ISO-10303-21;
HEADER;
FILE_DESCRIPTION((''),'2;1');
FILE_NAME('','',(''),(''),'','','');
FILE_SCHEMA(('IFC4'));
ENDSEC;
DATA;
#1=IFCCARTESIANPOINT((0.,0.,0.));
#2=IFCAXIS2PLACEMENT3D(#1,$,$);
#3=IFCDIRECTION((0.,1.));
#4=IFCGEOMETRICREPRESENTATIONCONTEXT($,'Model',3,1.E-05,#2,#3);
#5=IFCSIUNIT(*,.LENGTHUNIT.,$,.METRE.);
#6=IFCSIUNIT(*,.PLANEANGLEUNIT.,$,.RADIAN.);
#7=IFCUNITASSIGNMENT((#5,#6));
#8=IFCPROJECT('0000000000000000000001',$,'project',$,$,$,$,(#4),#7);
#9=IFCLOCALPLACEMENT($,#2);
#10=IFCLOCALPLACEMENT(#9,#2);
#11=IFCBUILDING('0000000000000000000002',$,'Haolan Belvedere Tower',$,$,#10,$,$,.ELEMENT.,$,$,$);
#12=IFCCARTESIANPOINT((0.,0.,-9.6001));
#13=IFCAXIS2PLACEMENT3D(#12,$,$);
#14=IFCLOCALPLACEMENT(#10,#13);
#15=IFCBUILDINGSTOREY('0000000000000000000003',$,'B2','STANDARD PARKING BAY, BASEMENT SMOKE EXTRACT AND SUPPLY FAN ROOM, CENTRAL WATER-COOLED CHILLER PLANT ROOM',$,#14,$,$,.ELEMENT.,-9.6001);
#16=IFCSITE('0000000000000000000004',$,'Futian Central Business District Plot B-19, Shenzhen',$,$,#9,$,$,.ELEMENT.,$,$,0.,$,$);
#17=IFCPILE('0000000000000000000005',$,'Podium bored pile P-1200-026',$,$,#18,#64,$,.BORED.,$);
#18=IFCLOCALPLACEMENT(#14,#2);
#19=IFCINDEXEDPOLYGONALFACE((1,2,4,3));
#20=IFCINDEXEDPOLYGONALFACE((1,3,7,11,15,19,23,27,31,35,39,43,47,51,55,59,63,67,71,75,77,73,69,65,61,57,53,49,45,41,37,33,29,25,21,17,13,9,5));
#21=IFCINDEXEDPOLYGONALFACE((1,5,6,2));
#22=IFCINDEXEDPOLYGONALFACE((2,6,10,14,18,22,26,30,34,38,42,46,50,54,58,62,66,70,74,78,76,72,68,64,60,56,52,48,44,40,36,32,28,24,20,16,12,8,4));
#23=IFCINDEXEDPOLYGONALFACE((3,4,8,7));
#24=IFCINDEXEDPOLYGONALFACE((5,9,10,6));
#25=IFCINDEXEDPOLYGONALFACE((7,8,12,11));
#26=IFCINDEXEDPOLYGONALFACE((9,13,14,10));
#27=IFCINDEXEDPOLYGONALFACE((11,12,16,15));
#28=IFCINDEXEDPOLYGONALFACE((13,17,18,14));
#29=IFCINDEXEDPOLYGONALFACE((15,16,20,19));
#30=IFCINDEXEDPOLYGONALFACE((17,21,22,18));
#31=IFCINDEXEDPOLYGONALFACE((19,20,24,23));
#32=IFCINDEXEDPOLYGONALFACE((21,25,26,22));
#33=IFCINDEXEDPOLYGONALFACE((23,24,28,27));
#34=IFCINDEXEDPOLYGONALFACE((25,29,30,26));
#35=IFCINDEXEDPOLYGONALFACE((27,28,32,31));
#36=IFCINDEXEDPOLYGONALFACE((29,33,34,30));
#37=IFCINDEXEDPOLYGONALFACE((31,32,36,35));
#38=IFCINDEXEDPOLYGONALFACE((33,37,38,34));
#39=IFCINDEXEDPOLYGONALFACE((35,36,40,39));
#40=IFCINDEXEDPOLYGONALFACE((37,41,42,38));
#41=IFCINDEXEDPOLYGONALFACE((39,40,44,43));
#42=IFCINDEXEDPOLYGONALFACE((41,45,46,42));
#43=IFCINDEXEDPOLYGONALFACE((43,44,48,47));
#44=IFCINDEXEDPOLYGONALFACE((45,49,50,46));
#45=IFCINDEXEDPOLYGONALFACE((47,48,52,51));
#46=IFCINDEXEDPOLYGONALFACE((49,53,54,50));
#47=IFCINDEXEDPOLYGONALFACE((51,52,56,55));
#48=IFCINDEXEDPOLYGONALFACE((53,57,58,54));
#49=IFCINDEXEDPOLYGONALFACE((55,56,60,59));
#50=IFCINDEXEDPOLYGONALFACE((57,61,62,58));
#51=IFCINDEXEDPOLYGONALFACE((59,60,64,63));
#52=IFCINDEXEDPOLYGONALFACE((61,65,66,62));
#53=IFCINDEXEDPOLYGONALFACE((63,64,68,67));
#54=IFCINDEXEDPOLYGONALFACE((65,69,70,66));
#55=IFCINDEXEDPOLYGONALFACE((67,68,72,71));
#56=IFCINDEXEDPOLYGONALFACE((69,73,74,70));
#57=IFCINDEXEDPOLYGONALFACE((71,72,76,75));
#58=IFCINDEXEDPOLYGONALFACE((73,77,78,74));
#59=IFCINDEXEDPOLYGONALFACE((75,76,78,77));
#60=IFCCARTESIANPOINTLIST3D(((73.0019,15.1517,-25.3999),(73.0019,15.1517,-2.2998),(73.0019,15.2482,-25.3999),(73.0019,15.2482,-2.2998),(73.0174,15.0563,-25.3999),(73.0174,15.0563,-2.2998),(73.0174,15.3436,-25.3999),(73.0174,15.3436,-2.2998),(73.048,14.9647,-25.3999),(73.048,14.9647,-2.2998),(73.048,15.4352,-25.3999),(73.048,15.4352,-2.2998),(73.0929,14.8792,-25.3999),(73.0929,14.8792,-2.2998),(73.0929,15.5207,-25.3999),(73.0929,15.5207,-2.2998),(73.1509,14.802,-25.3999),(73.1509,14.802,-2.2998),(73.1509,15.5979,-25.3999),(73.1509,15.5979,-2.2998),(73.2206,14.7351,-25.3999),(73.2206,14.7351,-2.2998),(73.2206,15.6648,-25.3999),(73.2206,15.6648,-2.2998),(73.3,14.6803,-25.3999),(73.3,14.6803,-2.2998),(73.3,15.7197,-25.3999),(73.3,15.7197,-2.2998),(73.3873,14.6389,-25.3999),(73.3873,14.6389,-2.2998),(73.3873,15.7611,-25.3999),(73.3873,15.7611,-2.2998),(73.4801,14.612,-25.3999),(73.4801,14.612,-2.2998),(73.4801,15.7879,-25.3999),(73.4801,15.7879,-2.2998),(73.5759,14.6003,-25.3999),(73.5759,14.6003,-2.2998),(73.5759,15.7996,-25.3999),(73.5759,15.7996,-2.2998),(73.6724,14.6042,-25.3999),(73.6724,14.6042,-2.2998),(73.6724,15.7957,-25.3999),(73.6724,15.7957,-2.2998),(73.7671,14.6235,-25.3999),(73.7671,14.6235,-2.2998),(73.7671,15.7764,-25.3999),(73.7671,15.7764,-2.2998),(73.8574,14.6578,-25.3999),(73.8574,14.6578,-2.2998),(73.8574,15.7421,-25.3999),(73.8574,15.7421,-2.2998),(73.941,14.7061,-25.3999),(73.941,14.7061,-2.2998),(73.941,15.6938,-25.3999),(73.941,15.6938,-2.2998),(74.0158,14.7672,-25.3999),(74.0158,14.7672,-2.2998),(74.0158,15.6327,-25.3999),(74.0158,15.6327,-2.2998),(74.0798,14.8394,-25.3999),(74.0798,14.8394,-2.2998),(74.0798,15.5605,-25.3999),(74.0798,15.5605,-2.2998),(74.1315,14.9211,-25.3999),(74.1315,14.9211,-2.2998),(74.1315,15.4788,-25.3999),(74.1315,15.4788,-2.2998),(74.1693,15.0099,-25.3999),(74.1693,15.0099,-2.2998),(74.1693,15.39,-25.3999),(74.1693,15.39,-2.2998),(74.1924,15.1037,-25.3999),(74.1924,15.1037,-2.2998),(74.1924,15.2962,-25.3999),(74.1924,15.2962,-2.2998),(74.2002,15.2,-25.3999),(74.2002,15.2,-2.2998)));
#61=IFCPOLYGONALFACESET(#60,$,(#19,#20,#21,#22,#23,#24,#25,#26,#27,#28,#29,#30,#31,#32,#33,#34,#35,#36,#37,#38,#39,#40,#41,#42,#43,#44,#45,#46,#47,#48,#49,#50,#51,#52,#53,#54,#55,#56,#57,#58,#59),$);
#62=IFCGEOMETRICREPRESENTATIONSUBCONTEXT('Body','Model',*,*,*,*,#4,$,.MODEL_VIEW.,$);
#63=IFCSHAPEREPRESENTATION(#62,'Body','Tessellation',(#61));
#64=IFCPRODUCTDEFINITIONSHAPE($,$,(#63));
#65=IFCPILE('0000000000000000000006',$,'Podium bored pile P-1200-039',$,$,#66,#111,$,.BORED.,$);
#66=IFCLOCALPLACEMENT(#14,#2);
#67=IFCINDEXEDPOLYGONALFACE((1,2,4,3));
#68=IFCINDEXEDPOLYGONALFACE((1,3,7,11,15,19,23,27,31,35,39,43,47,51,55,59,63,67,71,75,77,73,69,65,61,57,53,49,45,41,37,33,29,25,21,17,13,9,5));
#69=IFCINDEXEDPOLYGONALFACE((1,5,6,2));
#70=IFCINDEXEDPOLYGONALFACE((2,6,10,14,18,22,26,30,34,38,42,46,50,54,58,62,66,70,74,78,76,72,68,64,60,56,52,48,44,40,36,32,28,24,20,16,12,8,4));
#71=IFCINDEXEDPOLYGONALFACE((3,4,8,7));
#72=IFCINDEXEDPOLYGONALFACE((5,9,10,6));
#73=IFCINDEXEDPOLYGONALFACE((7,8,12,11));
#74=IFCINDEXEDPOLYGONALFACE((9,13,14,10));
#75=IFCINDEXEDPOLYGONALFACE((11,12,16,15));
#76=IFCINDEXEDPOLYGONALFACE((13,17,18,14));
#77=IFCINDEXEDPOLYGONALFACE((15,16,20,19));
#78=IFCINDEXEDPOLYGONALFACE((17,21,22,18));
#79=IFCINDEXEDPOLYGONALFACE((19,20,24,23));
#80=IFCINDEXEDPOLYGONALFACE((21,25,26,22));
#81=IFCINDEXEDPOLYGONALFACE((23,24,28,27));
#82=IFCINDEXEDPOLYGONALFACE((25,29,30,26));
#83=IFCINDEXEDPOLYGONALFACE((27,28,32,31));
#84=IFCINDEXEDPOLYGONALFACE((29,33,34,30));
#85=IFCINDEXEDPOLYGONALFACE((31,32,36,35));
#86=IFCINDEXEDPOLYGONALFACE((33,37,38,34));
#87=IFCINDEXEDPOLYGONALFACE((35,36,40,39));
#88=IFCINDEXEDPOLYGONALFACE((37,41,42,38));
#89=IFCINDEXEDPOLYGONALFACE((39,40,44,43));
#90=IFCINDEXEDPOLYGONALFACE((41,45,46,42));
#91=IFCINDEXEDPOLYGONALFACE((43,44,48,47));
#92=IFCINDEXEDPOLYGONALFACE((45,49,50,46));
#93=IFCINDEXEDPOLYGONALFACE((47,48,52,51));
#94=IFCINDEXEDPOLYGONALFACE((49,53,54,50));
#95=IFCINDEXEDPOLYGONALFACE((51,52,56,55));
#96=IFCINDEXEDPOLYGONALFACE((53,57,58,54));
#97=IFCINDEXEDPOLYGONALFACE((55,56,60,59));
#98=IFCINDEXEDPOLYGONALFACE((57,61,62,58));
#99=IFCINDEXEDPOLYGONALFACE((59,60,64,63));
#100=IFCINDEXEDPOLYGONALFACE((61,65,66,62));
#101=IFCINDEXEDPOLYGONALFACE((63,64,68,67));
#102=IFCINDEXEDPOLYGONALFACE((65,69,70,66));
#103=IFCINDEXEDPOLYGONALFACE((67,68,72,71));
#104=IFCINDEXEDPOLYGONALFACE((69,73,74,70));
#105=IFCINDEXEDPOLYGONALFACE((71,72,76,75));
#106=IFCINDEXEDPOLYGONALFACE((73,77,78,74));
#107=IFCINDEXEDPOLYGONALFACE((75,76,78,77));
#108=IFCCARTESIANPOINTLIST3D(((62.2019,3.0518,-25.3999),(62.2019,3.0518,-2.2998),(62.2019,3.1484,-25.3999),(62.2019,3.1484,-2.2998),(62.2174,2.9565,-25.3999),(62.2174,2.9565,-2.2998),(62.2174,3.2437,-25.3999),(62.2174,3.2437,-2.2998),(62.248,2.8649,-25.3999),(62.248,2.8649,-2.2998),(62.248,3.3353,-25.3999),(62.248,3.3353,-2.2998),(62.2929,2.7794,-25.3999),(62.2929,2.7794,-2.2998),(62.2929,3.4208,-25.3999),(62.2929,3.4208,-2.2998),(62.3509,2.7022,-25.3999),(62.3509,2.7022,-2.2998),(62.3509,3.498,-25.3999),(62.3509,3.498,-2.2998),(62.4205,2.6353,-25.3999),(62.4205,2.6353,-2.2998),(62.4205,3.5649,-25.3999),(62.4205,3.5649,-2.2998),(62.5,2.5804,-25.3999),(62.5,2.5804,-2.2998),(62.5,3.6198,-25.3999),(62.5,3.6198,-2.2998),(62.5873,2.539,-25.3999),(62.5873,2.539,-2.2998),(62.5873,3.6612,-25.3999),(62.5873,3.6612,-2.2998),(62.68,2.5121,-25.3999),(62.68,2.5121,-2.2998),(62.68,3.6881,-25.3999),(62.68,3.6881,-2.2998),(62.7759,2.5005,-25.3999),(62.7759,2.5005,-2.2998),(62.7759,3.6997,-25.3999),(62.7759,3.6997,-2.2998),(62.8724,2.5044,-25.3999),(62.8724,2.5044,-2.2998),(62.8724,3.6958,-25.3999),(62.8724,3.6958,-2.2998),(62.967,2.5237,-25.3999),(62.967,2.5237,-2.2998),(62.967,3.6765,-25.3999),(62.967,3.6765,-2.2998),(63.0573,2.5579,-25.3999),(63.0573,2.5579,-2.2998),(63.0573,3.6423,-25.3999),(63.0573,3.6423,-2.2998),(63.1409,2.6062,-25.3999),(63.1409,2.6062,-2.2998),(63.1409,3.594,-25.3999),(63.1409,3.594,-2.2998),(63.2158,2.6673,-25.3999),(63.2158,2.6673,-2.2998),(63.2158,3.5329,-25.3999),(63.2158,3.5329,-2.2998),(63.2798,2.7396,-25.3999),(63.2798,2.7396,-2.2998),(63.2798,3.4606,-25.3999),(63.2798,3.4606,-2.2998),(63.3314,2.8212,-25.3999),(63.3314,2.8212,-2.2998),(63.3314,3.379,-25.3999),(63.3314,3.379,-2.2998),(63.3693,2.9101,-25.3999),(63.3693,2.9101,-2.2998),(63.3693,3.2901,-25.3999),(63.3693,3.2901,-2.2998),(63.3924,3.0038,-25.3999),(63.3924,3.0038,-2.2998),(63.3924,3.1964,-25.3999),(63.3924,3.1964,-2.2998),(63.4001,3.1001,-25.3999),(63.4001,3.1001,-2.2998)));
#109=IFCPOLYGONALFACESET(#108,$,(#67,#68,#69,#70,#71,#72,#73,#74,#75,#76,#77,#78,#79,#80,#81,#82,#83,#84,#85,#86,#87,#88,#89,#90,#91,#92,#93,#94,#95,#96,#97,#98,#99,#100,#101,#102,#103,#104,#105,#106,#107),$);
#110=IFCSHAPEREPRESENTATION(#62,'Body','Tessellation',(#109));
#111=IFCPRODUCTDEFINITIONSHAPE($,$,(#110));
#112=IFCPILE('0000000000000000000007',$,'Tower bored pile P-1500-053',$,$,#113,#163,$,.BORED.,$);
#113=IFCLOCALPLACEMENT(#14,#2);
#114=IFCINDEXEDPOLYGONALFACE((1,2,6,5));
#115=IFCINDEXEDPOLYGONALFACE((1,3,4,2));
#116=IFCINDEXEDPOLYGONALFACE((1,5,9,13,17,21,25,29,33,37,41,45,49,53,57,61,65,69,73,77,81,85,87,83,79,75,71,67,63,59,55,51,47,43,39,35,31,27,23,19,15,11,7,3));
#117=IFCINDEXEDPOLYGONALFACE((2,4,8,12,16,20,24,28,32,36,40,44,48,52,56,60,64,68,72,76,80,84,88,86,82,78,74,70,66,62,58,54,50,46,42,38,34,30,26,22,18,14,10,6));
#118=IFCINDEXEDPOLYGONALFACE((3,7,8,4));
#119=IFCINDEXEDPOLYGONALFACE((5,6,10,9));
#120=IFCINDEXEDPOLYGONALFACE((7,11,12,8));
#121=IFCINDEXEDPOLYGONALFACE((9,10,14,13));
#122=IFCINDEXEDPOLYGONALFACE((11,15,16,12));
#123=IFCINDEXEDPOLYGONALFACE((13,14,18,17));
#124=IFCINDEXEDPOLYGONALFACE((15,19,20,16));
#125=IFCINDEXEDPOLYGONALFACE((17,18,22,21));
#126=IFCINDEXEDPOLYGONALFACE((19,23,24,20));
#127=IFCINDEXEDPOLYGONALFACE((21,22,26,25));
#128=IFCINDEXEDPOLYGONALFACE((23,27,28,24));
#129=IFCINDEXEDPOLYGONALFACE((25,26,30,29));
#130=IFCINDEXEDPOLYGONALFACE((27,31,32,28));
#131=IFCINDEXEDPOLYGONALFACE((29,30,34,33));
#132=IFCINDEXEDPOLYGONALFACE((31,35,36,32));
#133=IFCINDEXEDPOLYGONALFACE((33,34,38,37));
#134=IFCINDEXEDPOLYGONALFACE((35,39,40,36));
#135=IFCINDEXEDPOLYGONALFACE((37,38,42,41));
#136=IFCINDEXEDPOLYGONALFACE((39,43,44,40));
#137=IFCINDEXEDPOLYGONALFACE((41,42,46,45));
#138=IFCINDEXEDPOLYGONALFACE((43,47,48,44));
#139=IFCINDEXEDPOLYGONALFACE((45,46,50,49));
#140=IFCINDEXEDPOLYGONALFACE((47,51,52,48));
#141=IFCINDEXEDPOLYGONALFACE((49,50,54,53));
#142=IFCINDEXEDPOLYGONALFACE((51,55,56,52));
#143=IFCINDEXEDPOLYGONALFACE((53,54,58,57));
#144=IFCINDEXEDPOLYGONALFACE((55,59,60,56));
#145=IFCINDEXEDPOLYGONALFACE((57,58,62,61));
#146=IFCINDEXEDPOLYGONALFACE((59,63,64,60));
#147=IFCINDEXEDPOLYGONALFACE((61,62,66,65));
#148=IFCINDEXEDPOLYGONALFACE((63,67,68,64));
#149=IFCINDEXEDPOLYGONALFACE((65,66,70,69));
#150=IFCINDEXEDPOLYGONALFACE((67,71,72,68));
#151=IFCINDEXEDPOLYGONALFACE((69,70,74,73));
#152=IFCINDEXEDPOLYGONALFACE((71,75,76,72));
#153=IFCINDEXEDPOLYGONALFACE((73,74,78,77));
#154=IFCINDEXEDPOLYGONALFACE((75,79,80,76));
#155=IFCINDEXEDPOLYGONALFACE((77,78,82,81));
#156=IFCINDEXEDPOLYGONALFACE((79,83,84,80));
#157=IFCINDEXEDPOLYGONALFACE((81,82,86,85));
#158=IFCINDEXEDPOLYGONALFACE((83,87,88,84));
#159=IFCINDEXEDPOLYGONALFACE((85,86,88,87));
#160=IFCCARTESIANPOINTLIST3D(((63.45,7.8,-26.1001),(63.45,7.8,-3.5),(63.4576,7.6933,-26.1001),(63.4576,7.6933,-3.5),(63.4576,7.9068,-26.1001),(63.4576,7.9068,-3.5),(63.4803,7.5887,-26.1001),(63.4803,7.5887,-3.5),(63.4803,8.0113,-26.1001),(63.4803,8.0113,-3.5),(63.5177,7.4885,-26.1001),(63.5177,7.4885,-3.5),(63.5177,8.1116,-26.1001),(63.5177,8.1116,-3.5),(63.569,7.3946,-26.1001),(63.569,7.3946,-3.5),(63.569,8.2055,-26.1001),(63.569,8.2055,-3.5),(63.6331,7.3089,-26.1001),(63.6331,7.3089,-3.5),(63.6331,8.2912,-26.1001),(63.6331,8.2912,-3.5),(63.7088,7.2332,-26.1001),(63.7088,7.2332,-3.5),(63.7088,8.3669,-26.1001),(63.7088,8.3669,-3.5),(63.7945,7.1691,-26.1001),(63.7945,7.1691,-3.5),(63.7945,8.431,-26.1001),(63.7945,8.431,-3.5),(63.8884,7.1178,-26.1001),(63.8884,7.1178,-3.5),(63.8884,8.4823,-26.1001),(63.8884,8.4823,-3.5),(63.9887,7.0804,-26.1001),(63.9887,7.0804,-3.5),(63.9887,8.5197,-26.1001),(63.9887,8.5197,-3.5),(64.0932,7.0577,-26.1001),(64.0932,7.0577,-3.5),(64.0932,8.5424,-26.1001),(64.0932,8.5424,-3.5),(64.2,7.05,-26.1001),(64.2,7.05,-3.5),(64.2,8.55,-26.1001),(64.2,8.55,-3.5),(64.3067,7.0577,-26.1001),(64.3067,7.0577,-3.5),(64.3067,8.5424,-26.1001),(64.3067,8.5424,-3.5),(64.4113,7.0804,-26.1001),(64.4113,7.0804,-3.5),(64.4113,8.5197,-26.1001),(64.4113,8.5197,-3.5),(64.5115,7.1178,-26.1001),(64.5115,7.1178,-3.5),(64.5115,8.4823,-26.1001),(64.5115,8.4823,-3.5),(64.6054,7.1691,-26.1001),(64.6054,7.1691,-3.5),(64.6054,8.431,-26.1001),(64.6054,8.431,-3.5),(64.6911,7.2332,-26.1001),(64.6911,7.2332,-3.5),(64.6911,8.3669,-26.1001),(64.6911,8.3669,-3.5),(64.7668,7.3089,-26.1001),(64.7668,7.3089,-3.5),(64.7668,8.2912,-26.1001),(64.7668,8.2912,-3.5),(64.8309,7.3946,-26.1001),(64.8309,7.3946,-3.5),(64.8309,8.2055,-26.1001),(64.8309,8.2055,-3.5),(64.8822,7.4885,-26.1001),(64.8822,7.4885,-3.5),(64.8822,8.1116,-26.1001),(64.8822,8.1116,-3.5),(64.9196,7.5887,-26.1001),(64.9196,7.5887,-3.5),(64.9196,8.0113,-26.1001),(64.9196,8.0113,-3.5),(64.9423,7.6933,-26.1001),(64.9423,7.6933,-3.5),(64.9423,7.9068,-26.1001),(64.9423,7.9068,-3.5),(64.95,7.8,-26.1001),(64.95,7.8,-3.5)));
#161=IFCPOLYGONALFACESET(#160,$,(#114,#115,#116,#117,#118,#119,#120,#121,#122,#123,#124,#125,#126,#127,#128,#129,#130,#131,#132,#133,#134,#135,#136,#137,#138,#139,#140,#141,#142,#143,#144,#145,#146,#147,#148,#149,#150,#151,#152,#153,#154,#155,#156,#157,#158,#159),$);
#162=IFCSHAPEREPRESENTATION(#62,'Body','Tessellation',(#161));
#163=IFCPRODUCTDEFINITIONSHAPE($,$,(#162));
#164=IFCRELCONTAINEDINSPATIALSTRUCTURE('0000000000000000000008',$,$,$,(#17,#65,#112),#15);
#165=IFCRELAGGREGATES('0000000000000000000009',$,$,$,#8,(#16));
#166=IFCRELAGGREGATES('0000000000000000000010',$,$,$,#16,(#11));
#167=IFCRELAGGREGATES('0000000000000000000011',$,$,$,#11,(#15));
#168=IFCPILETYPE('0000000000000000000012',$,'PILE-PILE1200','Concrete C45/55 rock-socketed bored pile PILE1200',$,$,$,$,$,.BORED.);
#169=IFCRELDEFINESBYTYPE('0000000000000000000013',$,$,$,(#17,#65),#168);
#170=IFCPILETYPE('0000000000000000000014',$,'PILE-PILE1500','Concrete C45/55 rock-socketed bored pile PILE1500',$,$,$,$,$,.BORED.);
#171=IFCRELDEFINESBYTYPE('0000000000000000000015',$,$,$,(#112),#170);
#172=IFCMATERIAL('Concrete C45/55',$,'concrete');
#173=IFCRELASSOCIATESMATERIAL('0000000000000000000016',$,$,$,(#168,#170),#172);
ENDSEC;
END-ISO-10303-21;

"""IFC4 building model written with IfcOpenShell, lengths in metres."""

from ifc_helpers import new_model, si_unit, direction, frame, origin, origin_2d, place, context, subcontext, project, spatial, circle, extrude, material, material_profile, profile_set, type_object, element, save


model = new_model("IFC4")

# Units and contexts
model_context = context("Model", 3, precision=1e-05, world=origin(), true_north=direction((0.0, 1.0)))
body_context = subcontext(model_context, "Body", "Model", "MODEL_VIEW")
ifc_project = project(units=[si_unit("LENGTHUNIT", "METRE"), si_unit("PLANEANGLEUNIT", "RADIAN")], contexts=[model_context])

# Site, building, storey
site_placement = place(None, origin())
site = spatial("IfcSite", under=ifc_project, at=site_placement, Name="Futian Central Business District Plot B-19, Shenzhen", CompositionType="ELEMENT", RefElevation=0.0)
building_placement = place(site_placement, origin())
building = spatial("IfcBuilding", under=site, at=building_placement, Name="Haolan Belvedere Tower", CompositionType="ELEMENT")
storey_placement = place(building_placement, frame((0.0, 0.0, -9.6001)))
storey = spatial("IfcBuildingStorey", under=building, at=storey_placement, Name="B2", Description="STANDARD PARKING BAY, BASEMENT SMOKE EXTRACT AND SUPPLY FAN ROOM, CENTRAL WATER-COOLED CHILLER PLANT ROOM", CompositionType="ELEMENT", Elevation=-9.6001)

# Piles
ifc_material_1 = material(Name="Concrete C45/55", Category="concrete")
ifc_material_profile_1 = material_profile(ifc_material_1, circle(Radius=0.6001, at=origin_2d()), Name="Concrete C45/55")
ifc_profile_set_1 = profile_set([ifc_material_profile_1], Name="Concrete C45/55")
pile_type_1 = type_object("IfcPileType", Name="PILE-PILE1200", Description="Concrete C45/55 rock-socketed bored pile PILE1200", PredefinedType="BORED", material=ifc_profile_set_1)
for number, where, z_axis, x_axis, name in (
    (1, (73.6001, 15.2, -2.2998), (0.0, 0.0, -1.0), (1.0, 0.0, 0.0), "Podium bored pile P-1200-026"),
    (2, (62.8, 3.1001, -2.2998), (0.0, 0.0, -1.0), (1.0, 0.0, 0.0), "Podium bored pile P-1200-039"),
):
    element("IfcPile", number, at=place(storey_placement, frame(where, z_axis=z_axis, x_axis=x_axis)), inside=storey, type_object=pile_type_1, Name=name, PredefinedType="BORED", context=body_context, shape_type="SweptSolid", body=[
        extrude(circle(Radius=0.6001, at=origin_2d()), origin(), (0.0, 0.0, 1.0), 23.1001),
    ])
ifc_material_profile_2 = material_profile(ifc_material_1, circle(Radius=0.75, at=origin_2d()), Name="Concrete C45/55")
ifc_profile_set_2 = profile_set([ifc_material_profile_2], Name="Concrete C45/55")
pile_type_2 = type_object("IfcPileType", Name="PILE-PILE1500", Description="Concrete C45/55 rock-socketed bored pile PILE1500", PredefinedType="BORED", material=ifc_profile_set_2)
for number, where, z_axis, x_axis, name in (
    (3, (64.2, 7.8, -3.5), (0.0, 0.0, -1.0), (1.0, 0.0, 0.0), "Tower bored pile P-1500-053"),
):
    element("IfcPile", number, at=place(storey_placement, frame(where, z_axis=z_axis, x_axis=x_axis)), inside=storey, type_object=pile_type_2, Name=name, PredefinedType="BORED", context=body_context, shape_type="SweptSolid", body=[
        extrude(circle(Radius=0.75, at=origin_2d()), origin(), (0.0, 0.0, 1.0), 22.6001),
    ])

save(model, "model.ifc")
